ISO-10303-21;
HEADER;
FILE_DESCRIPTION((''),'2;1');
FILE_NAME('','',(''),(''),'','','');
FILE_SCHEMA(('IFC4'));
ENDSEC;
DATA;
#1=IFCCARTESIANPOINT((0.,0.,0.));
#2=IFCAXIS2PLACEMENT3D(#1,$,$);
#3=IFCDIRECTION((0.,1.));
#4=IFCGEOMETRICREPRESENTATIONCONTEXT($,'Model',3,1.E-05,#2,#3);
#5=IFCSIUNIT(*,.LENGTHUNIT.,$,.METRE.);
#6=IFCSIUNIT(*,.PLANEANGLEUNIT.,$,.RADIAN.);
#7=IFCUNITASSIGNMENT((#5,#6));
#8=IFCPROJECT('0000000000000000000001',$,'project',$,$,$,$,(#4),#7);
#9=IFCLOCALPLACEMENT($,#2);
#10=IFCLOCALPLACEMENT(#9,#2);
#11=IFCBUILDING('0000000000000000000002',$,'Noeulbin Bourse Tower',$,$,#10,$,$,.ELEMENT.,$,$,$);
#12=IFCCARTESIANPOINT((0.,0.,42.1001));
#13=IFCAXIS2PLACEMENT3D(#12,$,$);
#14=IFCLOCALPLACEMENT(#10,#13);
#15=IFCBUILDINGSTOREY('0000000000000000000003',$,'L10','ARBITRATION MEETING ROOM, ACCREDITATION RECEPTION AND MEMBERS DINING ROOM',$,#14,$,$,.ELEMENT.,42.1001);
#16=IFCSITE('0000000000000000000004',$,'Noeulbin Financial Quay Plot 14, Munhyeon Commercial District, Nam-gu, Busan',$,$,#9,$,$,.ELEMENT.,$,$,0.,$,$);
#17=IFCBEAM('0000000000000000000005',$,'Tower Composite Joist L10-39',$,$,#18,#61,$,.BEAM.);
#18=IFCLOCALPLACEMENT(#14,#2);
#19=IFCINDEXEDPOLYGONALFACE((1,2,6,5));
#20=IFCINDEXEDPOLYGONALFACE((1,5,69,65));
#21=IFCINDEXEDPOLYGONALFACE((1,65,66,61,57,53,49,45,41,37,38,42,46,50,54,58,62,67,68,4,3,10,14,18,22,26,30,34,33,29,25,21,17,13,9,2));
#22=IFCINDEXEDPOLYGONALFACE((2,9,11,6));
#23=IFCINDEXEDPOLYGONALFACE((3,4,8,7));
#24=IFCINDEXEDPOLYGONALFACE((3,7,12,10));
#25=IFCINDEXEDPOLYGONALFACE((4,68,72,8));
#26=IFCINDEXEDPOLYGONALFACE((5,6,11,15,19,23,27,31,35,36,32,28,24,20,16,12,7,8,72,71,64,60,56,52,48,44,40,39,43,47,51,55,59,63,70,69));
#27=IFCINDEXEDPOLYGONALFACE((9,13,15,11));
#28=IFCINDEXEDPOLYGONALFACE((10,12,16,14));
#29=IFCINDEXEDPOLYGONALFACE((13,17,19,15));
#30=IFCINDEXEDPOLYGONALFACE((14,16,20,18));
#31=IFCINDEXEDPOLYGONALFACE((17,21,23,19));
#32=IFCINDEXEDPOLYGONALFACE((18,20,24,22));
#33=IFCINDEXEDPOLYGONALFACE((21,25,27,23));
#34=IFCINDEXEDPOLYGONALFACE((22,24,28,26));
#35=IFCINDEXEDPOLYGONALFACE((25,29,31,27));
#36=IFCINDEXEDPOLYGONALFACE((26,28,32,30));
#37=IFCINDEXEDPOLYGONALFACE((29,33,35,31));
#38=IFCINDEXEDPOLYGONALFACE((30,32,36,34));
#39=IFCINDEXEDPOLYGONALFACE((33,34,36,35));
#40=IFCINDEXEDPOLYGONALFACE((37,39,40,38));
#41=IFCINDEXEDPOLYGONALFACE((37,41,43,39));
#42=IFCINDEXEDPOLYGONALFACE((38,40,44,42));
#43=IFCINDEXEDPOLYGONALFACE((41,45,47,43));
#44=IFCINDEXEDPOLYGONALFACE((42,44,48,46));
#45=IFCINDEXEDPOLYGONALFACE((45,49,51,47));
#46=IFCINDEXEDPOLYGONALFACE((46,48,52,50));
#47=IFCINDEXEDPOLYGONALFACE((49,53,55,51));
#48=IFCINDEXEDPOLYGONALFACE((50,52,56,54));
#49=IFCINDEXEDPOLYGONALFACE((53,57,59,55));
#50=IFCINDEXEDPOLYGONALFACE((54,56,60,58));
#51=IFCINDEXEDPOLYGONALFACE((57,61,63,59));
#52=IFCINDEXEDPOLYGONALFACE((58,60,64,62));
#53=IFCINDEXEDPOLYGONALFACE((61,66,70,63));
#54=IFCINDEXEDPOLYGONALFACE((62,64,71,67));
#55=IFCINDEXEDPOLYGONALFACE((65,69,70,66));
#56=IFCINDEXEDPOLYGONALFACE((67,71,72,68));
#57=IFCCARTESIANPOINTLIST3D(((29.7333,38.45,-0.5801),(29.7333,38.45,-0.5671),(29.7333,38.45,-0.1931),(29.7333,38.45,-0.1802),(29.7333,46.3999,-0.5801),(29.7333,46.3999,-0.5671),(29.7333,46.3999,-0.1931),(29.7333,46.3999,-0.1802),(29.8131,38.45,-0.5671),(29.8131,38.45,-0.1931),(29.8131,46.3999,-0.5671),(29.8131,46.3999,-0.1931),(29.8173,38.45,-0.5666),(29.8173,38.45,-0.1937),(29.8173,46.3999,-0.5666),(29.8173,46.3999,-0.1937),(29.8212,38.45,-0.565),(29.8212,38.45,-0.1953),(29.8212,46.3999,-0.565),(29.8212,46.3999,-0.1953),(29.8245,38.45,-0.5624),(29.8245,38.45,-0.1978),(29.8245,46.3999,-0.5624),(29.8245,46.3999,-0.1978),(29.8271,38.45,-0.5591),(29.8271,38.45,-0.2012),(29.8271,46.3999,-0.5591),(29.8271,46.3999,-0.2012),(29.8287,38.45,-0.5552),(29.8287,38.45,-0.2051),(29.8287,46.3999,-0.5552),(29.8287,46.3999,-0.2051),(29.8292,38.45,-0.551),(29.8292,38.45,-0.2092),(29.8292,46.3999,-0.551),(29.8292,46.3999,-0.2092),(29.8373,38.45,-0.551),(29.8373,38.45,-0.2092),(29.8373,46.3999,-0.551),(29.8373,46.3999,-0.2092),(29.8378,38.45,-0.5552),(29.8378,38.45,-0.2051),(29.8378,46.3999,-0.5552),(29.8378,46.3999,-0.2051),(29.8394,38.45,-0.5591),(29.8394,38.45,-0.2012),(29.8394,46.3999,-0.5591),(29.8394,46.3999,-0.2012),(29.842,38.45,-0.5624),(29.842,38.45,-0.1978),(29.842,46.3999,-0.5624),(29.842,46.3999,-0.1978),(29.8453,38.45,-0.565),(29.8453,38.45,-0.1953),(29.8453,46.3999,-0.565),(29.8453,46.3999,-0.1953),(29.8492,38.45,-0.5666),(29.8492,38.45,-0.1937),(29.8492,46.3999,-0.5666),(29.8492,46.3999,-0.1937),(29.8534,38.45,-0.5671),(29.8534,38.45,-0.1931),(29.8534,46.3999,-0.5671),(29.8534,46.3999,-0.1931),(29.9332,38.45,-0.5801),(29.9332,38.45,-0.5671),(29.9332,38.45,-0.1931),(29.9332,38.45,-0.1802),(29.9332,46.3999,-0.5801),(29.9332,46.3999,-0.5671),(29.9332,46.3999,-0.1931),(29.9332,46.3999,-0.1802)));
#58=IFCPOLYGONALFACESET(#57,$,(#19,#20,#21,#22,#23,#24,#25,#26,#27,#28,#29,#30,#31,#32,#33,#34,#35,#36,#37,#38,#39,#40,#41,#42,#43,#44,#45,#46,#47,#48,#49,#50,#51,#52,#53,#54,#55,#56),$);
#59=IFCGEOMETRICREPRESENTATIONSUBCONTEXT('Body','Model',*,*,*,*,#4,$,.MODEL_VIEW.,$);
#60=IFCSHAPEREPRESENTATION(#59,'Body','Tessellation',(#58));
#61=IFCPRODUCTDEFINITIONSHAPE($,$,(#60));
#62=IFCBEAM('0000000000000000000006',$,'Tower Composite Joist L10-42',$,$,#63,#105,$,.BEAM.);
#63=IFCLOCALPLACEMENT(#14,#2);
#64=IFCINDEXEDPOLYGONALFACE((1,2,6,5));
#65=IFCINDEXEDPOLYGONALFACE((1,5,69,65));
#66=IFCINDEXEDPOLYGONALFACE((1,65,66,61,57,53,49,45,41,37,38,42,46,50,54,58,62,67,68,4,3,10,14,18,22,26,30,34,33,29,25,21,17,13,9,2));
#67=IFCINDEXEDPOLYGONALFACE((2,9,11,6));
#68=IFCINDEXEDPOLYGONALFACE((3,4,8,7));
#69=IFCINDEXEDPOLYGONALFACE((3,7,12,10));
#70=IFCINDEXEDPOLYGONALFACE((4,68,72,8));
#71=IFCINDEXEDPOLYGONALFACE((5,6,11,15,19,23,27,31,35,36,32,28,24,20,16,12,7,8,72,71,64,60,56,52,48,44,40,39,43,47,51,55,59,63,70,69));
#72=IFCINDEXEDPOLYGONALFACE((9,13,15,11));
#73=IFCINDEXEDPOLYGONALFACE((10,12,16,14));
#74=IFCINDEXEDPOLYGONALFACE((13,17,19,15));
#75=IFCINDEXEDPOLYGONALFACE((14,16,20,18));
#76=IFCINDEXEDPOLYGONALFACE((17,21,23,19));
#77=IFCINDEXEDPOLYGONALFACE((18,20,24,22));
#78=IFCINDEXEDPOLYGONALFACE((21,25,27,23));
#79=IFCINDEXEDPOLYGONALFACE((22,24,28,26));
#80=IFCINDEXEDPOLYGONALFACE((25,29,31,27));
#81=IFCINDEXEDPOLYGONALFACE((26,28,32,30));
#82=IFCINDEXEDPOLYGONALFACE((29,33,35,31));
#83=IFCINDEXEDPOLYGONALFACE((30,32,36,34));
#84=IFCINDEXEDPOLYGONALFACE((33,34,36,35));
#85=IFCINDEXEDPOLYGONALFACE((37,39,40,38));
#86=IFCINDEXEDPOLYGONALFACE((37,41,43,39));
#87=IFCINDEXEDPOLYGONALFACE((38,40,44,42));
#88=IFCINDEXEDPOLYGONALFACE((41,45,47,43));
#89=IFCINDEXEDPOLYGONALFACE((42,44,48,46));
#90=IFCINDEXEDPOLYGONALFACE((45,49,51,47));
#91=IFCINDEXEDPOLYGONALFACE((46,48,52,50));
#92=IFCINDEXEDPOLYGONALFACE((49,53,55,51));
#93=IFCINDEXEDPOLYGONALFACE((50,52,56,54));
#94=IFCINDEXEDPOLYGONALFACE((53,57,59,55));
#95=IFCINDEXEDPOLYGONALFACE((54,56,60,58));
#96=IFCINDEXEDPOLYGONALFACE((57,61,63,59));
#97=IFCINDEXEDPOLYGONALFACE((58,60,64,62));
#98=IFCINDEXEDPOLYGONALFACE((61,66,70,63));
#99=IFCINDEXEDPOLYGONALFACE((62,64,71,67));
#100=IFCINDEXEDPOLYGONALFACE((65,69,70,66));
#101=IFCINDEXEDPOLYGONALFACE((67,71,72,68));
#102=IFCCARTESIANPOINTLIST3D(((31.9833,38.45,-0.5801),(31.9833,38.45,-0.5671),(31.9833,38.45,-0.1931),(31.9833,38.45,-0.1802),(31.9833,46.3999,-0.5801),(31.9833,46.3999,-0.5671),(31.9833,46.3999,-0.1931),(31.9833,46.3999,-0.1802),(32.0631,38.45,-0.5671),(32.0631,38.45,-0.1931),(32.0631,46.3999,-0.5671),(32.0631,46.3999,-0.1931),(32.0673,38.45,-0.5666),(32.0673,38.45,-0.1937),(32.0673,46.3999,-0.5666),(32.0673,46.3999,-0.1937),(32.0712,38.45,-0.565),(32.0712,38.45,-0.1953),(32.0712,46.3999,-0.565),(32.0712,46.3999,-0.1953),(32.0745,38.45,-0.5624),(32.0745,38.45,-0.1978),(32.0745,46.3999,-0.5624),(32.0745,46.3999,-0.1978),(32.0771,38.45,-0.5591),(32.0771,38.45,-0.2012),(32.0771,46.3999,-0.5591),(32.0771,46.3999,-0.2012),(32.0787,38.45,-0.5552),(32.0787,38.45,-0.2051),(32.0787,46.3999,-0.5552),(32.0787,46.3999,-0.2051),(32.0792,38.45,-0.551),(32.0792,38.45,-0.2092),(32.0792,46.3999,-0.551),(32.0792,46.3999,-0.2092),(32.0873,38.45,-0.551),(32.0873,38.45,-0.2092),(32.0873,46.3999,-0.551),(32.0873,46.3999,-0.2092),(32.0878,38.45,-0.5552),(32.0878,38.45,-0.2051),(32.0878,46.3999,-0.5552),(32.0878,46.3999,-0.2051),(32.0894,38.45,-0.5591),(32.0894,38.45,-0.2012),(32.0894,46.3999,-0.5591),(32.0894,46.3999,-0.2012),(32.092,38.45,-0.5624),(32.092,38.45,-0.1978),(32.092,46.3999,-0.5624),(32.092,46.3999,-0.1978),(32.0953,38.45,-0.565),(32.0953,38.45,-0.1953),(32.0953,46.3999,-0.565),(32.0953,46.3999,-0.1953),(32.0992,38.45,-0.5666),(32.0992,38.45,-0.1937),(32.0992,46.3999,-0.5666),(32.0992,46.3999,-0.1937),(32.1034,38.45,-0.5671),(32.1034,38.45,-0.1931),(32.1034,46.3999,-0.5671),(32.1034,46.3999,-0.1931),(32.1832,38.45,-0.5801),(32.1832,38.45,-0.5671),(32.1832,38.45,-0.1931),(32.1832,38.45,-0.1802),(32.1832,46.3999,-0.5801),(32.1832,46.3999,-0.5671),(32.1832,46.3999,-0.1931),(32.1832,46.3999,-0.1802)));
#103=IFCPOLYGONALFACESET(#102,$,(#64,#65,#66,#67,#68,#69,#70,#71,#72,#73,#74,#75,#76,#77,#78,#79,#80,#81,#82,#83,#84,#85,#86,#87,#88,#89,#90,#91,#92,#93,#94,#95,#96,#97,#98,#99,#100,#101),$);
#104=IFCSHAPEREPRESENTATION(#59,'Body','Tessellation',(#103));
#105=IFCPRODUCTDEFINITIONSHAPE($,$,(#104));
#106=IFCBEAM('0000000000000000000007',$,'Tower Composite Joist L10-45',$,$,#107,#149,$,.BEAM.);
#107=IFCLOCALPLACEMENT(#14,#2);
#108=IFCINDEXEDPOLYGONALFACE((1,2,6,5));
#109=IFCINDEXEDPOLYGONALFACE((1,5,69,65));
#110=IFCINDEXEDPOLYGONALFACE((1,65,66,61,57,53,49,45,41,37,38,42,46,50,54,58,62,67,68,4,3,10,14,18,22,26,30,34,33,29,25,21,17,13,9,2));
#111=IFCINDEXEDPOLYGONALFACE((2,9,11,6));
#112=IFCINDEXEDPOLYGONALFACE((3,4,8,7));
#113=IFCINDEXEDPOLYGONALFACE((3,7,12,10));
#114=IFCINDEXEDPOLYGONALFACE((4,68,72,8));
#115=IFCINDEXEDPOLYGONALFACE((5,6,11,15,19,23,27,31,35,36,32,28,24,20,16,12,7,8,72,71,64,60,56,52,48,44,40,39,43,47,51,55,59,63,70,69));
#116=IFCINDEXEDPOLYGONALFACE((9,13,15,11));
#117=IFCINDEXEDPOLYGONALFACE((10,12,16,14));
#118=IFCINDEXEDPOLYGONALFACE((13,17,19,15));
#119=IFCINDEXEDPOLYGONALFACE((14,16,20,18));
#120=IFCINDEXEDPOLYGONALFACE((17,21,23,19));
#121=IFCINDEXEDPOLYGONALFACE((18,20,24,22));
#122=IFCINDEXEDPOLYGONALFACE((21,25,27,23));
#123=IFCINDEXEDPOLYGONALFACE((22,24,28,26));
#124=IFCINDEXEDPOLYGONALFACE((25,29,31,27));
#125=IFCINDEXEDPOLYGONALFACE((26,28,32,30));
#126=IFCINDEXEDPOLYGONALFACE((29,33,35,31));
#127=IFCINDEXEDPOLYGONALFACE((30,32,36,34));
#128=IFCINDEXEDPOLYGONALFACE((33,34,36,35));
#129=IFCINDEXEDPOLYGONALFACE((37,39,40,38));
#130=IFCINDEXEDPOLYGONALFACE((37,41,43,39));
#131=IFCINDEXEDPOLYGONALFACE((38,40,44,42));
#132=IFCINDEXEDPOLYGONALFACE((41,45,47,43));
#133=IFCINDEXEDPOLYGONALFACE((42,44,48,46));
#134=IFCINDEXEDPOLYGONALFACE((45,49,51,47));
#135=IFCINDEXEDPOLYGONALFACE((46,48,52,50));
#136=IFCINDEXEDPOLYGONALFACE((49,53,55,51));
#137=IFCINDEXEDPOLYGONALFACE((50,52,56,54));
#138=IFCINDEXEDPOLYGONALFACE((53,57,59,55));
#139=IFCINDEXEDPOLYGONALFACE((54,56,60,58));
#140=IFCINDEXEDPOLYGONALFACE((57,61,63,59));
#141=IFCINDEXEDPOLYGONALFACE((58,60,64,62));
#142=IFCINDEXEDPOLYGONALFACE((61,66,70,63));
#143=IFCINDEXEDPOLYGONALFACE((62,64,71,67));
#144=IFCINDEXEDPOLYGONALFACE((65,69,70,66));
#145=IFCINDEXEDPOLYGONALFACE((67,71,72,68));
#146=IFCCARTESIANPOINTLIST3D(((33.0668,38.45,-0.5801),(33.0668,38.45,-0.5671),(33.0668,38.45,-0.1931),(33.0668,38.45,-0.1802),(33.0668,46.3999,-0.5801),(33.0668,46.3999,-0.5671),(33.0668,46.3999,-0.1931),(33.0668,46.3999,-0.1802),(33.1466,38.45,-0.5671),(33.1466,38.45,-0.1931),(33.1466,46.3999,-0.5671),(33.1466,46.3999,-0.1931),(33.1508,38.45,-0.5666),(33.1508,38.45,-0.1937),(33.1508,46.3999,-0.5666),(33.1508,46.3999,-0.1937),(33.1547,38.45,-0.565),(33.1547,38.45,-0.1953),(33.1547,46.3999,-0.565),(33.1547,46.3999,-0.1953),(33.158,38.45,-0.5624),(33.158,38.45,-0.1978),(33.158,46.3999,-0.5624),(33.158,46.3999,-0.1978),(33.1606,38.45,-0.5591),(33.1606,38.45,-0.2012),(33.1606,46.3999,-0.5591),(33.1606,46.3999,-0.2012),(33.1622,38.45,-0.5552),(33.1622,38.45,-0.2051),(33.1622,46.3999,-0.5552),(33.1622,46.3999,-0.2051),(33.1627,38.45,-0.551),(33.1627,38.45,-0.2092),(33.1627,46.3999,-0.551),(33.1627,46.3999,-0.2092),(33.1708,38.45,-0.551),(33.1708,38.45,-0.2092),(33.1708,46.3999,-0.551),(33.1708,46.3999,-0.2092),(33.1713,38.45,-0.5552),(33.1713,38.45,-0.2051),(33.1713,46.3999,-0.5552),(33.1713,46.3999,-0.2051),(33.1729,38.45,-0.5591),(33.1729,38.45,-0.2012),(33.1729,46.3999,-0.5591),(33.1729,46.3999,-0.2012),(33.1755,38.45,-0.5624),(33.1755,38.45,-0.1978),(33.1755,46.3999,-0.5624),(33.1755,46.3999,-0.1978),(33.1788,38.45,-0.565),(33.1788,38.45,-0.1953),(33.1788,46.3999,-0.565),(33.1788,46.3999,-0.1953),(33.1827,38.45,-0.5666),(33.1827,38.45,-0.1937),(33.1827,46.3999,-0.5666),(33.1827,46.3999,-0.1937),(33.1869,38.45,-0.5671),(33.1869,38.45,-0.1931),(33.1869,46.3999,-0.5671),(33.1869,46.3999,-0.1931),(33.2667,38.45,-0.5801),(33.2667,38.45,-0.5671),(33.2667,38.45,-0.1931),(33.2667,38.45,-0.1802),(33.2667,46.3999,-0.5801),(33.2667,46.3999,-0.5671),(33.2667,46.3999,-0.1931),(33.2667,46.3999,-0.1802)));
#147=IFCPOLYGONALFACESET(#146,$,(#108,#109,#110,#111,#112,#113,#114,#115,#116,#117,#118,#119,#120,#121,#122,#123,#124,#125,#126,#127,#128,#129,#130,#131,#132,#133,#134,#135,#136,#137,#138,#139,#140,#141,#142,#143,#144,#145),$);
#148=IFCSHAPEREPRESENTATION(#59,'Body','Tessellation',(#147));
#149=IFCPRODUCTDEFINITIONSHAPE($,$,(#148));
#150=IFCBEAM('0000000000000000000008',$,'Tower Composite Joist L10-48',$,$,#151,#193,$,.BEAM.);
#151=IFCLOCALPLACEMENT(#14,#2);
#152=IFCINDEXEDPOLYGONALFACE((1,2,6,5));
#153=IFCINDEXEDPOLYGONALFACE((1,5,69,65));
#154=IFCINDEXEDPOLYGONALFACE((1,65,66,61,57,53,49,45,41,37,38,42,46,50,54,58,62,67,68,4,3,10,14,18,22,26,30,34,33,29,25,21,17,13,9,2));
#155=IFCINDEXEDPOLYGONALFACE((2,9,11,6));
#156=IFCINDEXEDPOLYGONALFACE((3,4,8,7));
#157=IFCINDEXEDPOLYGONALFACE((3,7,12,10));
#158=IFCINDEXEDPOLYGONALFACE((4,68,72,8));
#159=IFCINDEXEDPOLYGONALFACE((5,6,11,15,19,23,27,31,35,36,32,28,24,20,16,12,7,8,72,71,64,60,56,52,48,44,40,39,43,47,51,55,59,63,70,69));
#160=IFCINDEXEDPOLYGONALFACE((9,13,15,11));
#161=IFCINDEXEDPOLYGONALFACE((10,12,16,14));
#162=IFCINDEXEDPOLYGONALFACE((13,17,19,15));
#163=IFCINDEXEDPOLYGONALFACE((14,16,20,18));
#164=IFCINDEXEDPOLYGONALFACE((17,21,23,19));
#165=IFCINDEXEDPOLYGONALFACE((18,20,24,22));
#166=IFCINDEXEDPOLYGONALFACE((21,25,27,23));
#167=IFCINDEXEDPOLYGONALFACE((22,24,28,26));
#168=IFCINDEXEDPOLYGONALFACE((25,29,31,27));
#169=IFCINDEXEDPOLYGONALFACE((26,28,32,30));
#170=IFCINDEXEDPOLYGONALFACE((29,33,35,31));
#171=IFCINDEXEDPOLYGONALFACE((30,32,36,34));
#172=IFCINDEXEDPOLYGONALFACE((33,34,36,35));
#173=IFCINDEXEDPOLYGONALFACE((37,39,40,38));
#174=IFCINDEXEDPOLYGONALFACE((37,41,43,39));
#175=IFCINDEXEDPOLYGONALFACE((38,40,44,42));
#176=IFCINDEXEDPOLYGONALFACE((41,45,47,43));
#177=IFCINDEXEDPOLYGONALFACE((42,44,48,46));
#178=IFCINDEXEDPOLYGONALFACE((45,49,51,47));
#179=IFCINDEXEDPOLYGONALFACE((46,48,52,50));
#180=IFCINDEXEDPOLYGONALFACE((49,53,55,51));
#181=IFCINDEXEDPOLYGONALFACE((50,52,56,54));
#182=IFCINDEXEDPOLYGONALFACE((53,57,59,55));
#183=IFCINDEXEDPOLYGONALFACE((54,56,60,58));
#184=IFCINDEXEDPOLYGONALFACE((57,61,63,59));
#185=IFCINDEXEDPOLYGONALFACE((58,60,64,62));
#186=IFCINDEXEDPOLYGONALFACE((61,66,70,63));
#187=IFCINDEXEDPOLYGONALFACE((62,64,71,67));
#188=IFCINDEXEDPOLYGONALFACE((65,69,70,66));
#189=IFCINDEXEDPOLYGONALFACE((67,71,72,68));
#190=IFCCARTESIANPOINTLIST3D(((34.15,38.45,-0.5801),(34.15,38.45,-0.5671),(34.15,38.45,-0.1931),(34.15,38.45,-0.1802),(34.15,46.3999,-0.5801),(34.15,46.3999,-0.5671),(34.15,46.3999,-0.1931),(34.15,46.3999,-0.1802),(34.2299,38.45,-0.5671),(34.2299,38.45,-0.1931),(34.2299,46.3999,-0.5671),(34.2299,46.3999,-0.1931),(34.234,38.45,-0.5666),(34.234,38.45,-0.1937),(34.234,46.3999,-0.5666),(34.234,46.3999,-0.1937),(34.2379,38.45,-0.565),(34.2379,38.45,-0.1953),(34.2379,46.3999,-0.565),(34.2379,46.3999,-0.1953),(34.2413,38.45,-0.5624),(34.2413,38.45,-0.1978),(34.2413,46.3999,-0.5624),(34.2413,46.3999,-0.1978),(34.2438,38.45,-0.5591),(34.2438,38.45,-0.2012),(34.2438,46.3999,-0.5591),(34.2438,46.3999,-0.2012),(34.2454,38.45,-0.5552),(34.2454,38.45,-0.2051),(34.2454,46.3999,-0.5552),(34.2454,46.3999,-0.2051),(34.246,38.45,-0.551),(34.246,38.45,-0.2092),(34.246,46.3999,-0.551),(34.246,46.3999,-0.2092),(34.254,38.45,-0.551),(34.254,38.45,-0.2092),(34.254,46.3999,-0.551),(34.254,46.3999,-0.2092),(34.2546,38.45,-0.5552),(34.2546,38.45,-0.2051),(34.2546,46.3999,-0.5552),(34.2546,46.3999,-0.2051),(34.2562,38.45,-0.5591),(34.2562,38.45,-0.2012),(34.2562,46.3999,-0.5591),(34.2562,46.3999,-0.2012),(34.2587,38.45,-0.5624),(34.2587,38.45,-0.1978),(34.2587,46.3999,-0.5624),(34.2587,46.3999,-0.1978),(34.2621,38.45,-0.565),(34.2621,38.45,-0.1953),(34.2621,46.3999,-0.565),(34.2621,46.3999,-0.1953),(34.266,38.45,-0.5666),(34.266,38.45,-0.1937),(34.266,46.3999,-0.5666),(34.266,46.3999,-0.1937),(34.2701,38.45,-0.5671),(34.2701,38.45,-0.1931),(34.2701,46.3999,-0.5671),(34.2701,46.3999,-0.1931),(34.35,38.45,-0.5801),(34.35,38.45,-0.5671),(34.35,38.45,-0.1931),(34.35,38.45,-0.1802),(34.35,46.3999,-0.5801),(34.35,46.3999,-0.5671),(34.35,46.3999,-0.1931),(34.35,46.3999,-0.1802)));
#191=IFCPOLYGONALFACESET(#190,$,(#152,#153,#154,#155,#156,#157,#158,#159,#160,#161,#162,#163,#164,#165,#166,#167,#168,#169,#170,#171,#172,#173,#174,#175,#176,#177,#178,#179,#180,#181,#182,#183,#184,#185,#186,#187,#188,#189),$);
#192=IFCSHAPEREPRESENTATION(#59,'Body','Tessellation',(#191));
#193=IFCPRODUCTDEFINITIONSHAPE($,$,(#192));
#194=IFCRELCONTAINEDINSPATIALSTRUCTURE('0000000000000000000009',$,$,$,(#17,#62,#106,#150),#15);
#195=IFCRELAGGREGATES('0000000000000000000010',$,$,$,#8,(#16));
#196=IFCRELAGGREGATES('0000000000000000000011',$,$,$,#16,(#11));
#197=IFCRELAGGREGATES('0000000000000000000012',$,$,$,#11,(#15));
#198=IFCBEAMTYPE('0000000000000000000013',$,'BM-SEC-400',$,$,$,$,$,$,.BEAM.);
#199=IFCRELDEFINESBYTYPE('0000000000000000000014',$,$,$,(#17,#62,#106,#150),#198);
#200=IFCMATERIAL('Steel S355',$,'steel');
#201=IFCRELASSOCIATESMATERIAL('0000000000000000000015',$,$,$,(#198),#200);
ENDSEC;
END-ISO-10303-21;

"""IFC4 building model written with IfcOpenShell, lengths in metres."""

from ifc_helpers import new_model, si_unit, direction, frame, origin, origin_2d, place, context, subcontext, project, spatial, i_section, extrude, material, material_profile, profile_set, type_object, element, save


model = new_model("IFC4")

# Units and contexts
model_context = context("Model", 3, precision=1e-05, world=origin(), true_north=direction((0.0, 1.0)))
body_context = subcontext(model_context, "Body", "Model", "MODEL_VIEW")
ifc_project = project(units=[si_unit("LENGTHUNIT", "METRE"), si_unit("PLANEANGLEUNIT", "RADIAN")], contexts=[model_context])

# Site, building, storey
site_placement = place(None, origin())
site = spatial("IfcSite", under=ifc_project, at=site_placement, Name="Noeulbin Financial Quay Plot 14, Munhyeon Commercial District, Nam-gu, Busan", CompositionType="ELEMENT", RefElevation=0.0)
building_placement = place(site_placement, origin())
building = spatial("IfcBuilding", under=site, at=building_placement, Name="Noeulbin Bourse Tower", CompositionType="ELEMENT")
storey_placement = place(building_placement, frame((0.0, 0.0, 42.1001)))
storey = spatial("IfcBuildingStorey", under=building, at=storey_placement, Name="L10", Description="ARBITRATION MEETING ROOM, ACCREDITATION RECEPTION AND MEMBERS DINING ROOM", CompositionType="ELEMENT", Elevation=42.1001)

# Beams
ifc_material_1 = material(Name="Steel S355", Category="steel")
ifc_material_profile_1 = material_profile(ifc_material_1, i_section(OverallWidth=0.2, OverallDepth=0.3999, WebThickness=0.0081, FlangeThickness=0.0129, FilletRadius=0.0161, at=origin_2d()), Name="H-400x200x8x13", Category="LoadBearing")
ifc_profile_set_1 = profile_set([ifc_material_profile_1], Name="Steel S355")
beam_type_1 = type_object("IfcBeamType", Name="BM-SEC-400", PredefinedType="BEAM", material=ifc_profile_set_1)
for number, where, z_axis, x_axis, name in (
    (1, (29.8333, 38.45, -0.3801), (0.0, 1.0, 0.0), (-1.0, 0.0, 0.0), "Tower Composite Joist L10-39"),
    (2, (32.0833, 38.45, -0.3801), (0.0, 1.0, 0.0), (-1.0, 0.0, 0.0), "Tower Composite Joist L10-42"),
    (3, (33.1667, 38.45, -0.3801), (0.0, 1.0, 0.0), (-1.0, 0.0, 0.0), "Tower Composite Joist L10-45"),
    (4, (34.25, 38.45, -0.3801), (0.0, 1.0, 0.0), (-1.0, 0.0, 0.0), "Tower Composite Joist L10-48"),
):
    element("IfcBeam", number, at=place(storey_placement, frame(where, z_axis=z_axis, x_axis=x_axis)), inside=storey, type_object=beam_type_1, Name=name, PredefinedType="BEAM", context=body_context, shape_type="SweptSolid", body=[
        extrude(i_section(OverallWidth=0.2, OverallDepth=0.3999, WebThickness=0.0081, FlangeThickness=0.0129, FilletRadius=0.0161, at=origin_2d()), origin(), (0.0, 0.0, 1.0), 7.95),
    ])

save(model, "model.ifc")
